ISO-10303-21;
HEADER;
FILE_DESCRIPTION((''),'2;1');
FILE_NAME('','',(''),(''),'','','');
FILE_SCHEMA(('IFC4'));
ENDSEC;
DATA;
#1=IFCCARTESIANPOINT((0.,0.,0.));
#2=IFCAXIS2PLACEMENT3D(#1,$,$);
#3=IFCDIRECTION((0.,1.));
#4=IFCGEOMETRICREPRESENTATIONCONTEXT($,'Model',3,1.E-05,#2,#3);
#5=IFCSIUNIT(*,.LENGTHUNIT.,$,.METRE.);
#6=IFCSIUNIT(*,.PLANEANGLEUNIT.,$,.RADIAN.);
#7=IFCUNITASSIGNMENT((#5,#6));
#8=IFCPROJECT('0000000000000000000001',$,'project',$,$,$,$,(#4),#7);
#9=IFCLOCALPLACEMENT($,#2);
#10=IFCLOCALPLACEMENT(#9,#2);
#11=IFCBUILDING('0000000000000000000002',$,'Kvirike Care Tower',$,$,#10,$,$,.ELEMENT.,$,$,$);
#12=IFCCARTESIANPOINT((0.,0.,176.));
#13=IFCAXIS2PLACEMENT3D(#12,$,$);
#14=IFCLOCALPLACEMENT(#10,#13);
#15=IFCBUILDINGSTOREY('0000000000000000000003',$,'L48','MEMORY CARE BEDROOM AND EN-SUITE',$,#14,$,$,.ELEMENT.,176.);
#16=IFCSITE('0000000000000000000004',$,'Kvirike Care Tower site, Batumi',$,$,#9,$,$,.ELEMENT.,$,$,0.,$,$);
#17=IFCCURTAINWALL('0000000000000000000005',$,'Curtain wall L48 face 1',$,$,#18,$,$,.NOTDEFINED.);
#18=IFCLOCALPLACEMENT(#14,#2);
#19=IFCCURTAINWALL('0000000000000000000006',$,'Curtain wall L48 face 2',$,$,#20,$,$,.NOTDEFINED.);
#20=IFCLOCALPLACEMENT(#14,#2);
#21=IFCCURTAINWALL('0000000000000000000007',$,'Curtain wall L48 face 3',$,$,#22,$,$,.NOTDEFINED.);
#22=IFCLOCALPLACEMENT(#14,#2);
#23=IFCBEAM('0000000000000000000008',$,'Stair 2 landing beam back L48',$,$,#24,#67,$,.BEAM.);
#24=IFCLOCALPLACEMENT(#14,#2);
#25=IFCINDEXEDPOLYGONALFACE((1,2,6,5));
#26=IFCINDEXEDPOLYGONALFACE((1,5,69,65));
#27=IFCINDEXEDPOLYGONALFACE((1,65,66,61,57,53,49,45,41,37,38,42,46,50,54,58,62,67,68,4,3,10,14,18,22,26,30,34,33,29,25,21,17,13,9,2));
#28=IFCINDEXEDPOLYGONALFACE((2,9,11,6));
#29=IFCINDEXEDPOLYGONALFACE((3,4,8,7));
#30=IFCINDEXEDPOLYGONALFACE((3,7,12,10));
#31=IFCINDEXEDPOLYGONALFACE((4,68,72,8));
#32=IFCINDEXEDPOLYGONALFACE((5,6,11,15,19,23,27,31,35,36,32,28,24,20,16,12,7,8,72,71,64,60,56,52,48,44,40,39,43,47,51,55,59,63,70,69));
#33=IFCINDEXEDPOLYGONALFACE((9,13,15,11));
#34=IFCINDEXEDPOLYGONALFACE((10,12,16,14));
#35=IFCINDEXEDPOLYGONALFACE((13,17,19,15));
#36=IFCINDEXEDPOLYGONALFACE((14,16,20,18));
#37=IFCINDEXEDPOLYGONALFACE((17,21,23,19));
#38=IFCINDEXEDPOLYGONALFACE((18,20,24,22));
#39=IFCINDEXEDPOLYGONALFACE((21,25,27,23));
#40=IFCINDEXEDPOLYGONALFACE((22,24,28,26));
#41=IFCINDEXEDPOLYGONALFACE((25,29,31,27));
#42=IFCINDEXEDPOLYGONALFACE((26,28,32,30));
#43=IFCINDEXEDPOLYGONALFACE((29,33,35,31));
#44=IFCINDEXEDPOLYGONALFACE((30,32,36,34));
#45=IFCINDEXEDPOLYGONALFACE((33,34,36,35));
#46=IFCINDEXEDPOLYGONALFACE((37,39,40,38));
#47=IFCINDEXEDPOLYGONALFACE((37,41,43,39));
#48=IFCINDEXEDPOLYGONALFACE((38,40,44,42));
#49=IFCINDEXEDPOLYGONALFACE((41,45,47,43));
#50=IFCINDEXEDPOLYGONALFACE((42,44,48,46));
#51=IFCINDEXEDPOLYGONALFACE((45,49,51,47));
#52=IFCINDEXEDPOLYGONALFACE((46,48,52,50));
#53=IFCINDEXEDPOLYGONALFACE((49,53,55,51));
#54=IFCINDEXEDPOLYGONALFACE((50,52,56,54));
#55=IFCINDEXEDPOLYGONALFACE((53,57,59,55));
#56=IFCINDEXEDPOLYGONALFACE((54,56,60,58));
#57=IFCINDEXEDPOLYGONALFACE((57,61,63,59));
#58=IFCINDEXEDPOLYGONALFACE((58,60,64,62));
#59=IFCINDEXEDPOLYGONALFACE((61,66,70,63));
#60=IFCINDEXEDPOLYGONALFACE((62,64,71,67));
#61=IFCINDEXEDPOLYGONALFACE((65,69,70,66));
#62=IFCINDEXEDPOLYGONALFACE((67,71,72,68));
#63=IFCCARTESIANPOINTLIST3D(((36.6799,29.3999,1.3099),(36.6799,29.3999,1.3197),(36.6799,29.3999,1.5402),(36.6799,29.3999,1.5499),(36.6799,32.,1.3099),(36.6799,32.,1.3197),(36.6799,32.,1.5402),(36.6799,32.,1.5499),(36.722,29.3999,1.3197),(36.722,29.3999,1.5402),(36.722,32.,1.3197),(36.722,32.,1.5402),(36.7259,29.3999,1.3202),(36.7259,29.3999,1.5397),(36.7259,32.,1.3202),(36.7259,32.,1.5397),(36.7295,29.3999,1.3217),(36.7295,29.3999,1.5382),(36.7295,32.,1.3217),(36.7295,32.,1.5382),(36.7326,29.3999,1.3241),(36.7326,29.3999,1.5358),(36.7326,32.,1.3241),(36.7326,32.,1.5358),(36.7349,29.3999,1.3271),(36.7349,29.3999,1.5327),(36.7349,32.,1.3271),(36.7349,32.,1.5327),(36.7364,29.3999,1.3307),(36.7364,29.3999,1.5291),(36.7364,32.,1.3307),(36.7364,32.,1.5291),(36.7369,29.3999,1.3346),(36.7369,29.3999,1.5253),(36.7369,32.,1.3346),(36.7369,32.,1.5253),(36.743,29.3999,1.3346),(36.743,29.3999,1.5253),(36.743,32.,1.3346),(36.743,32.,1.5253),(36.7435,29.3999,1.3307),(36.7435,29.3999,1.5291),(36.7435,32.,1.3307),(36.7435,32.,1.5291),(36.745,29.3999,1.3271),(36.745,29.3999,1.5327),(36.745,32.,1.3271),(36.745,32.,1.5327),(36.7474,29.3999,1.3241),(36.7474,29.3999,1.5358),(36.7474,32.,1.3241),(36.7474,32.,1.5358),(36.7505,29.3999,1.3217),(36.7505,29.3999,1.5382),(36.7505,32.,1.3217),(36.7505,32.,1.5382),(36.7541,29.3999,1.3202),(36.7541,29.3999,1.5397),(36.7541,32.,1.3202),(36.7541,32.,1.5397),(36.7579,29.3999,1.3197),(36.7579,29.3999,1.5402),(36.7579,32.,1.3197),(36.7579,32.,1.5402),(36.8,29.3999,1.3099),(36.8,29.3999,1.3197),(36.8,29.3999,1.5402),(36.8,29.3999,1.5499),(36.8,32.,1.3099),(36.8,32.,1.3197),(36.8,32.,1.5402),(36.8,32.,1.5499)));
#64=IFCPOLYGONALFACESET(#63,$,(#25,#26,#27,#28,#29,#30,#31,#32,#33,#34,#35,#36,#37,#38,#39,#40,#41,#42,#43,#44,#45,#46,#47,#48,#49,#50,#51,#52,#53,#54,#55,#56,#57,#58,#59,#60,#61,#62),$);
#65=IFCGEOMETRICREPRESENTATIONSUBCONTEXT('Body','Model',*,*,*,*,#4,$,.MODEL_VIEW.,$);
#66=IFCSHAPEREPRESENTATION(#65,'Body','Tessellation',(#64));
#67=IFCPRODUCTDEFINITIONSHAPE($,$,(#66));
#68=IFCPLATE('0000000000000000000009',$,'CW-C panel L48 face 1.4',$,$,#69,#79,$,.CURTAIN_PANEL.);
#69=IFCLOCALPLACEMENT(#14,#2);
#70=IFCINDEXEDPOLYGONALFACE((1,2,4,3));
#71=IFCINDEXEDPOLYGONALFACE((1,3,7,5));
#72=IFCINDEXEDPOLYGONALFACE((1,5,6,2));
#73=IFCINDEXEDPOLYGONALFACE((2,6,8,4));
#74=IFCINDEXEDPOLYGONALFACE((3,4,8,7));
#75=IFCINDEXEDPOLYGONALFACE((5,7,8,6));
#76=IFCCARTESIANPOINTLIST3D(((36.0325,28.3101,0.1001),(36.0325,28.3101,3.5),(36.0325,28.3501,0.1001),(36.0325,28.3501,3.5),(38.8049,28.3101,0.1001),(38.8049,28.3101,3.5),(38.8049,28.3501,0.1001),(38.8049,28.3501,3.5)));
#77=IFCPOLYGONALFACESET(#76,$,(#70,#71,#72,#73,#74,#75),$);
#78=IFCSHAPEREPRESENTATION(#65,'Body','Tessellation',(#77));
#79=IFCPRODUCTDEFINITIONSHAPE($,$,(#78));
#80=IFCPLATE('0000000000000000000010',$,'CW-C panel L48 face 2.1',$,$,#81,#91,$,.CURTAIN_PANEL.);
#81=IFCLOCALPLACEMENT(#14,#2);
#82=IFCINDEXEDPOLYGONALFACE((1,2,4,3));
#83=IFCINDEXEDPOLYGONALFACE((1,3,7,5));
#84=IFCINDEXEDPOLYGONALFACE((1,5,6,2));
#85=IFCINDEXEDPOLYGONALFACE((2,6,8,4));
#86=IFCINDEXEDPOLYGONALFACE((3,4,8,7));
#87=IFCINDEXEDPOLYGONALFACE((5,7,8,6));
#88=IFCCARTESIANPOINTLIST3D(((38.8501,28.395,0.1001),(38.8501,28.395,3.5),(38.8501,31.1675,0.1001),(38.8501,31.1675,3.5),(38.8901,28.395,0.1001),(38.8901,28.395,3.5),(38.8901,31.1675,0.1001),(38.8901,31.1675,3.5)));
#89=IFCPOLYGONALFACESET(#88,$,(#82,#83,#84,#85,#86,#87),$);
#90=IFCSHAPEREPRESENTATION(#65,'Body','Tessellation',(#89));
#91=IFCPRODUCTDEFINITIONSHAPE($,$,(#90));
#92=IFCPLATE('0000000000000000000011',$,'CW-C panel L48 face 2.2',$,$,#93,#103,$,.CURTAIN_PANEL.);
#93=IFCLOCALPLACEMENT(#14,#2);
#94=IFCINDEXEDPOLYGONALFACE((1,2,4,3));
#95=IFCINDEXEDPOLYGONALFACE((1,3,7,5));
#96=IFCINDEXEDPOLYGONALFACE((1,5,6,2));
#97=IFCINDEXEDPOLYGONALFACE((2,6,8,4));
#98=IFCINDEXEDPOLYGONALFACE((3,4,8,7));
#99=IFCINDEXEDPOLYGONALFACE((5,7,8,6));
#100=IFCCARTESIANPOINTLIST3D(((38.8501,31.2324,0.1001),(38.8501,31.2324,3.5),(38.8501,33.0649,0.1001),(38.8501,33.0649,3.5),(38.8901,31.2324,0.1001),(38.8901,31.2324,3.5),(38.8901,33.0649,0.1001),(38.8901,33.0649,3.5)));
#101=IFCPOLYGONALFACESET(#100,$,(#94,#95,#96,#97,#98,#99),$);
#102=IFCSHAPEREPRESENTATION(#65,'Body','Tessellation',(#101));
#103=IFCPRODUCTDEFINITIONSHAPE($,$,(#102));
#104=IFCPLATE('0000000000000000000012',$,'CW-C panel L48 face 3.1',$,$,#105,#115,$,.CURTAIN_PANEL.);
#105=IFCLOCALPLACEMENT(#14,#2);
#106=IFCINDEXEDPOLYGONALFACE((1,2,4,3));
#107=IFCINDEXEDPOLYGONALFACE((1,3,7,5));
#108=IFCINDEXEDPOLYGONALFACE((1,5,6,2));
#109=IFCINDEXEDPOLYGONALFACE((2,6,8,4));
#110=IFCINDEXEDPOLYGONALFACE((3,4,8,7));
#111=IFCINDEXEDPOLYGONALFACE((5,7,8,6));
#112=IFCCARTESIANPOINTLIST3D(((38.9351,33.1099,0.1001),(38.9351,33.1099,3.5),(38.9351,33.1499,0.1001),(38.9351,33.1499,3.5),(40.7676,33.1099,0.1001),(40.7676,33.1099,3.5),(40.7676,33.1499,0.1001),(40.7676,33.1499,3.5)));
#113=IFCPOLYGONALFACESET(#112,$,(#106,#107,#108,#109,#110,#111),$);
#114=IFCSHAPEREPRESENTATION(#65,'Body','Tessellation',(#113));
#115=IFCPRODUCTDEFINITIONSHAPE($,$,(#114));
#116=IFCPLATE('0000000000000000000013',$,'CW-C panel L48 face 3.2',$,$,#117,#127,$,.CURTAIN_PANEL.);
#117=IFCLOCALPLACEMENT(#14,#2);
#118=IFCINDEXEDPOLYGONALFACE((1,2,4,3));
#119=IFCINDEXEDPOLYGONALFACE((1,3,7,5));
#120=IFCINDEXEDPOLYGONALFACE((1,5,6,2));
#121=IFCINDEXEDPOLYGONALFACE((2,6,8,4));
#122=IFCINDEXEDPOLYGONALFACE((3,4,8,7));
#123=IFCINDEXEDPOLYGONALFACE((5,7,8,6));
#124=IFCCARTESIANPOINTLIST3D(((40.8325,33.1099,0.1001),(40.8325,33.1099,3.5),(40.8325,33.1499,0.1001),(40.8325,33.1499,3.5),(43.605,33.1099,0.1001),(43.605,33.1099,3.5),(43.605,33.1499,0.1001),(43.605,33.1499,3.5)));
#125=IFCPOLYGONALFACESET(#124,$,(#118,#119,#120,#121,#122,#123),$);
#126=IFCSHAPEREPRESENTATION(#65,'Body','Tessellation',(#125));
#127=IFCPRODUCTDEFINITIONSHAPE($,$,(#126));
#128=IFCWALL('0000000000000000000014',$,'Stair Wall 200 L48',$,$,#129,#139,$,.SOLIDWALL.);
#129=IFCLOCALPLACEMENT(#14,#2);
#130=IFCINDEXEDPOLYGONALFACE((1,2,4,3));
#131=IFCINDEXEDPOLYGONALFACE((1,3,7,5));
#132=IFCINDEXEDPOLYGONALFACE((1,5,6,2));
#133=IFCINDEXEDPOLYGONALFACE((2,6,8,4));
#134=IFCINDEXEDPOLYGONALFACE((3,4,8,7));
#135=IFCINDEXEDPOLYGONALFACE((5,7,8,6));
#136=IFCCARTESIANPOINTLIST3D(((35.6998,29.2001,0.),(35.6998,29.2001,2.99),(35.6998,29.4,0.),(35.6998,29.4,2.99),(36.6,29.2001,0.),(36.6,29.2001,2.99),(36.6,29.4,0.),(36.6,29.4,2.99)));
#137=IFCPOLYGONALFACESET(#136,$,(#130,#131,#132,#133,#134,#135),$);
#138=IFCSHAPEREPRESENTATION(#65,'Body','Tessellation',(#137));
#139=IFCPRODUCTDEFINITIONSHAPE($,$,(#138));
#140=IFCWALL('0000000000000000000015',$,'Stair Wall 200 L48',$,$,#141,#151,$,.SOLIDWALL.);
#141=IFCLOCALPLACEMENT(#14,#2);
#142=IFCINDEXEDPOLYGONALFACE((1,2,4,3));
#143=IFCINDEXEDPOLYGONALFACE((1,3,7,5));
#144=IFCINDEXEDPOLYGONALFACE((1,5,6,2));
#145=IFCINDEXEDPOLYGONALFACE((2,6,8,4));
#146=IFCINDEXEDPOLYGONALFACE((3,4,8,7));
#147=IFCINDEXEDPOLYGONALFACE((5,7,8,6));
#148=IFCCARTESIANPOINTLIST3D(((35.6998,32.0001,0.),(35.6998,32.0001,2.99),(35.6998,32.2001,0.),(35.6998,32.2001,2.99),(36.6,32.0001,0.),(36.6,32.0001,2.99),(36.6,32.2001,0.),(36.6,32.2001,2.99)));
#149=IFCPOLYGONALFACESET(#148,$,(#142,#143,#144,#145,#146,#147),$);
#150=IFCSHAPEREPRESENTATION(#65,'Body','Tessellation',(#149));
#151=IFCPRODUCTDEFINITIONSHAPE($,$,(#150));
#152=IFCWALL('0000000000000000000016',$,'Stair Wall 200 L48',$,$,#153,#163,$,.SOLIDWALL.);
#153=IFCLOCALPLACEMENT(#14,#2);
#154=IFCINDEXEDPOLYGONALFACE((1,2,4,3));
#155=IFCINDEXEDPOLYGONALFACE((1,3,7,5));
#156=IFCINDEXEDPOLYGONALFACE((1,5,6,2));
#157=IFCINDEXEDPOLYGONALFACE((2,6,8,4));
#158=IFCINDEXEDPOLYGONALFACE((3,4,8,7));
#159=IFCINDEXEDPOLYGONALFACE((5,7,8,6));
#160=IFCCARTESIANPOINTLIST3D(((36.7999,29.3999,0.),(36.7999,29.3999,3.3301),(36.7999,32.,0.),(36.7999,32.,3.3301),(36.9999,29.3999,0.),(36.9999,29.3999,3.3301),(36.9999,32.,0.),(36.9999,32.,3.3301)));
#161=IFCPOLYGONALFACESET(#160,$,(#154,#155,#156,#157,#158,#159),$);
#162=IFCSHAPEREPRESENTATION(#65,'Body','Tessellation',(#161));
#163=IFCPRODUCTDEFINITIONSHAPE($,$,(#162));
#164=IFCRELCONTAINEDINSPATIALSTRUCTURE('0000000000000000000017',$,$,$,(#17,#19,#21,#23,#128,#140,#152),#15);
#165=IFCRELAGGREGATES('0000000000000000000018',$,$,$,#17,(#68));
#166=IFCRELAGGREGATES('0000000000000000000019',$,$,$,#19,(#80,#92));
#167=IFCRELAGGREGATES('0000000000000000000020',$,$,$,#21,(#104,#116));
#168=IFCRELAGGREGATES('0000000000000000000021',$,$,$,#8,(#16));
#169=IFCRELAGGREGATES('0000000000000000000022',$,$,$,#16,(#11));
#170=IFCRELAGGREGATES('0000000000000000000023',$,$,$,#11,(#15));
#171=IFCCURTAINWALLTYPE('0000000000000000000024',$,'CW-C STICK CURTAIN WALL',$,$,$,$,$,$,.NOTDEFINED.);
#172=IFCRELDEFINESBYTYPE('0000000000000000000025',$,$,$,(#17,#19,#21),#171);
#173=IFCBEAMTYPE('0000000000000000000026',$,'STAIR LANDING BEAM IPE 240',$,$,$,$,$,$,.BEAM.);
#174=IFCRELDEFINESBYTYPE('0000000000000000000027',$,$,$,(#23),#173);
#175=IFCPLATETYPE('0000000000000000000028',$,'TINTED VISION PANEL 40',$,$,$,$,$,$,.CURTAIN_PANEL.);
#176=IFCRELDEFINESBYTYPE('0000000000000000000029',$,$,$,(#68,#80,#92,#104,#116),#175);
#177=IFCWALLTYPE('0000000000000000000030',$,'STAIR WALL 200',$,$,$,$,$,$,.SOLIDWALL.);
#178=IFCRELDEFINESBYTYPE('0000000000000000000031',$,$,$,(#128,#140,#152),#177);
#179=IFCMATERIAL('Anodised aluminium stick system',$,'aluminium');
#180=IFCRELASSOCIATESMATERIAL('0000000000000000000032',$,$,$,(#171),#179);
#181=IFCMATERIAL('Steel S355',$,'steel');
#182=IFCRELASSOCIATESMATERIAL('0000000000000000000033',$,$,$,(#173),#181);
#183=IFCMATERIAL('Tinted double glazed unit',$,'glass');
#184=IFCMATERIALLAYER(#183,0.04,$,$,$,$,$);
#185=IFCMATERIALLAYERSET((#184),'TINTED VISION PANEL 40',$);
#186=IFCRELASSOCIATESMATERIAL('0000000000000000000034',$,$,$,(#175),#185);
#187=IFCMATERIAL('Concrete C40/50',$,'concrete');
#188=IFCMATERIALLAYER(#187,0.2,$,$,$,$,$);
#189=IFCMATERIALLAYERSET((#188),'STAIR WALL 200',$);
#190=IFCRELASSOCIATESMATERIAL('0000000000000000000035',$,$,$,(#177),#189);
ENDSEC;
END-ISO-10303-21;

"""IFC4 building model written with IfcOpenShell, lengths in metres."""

from ifc_helpers import new_model, si_unit, direction, frame, frame_2d, origin, origin_2d, place, context, subcontext, project, spatial, rectangle, i_section, extrude, material, layer, layer_set, material_profile, profile_set, type_object, element, aggregate, save


model = new_model("IFC4")

# Units and contexts
model_context = context("Model", 3, precision=1e-05, world=origin(), true_north=direction((0.0, 1.0)))
body_context = subcontext(model_context, "Body", "Model", "MODEL_VIEW")
ifc_project = project(units=[si_unit("LENGTHUNIT", "METRE"), si_unit("PLANEANGLEUNIT", "RADIAN")], contexts=[model_context])

# Site, building, storey
site_placement = place(None, origin())
site = spatial("IfcSite", under=ifc_project, at=site_placement, Name="Kvirike Care Tower site, Batumi", CompositionType="ELEMENT", RefElevation=0.0)
building_placement = place(site_placement, origin())
building = spatial("IfcBuilding", under=site, at=building_placement, Name="Kvirike Care Tower", CompositionType="ELEMENT")
storey_placement = place(building_placement, frame((0.0, 0.0, 176.0)))
storey = spatial("IfcBuildingStorey", under=building, at=storey_placement, Name="L48", Description="MEMORY CARE BEDROOM AND EN-SUITE", CompositionType="ELEMENT", Elevation=176.0)

# Curtain walls
ifc_material_1 = material(Name="Anodised aluminium stick system", Category="aluminium")
curtain_wall_type = type_object("IfcCurtainWallType", Name="CW-C STICK CURTAIN WALL", PredefinedType="NOTDEFINED", material=ifc_material_1)
curtain_wall_1_placement = place(storey_placement, origin())
curtain_wall_1 = element("IfcCurtainWall", 1, at=curtain_wall_1_placement, inside=storey, type_object=curtain_wall_type, Name="Curtain wall L48 face 1", PredefinedType="NOTDEFINED")
curtain_wall_2_placement = place(storey_placement, origin())
curtain_wall_2 = element("IfcCurtainWall", 2, at=curtain_wall_2_placement, inside=storey, type_object=curtain_wall_type, Name="Curtain wall L48 face 2", PredefinedType="NOTDEFINED")
curtain_wall_3_placement = place(storey_placement, origin())
curtain_wall_3 = element("IfcCurtainWall", 3, at=curtain_wall_3_placement, inside=storey, type_object=curtain_wall_type, Name="Curtain wall L48 face 3", PredefinedType="NOTDEFINED")

# Beam
ifc_material_2 = material(Name="Steel S355", Category="steel")
ifc_material_profile_1 = material_profile(ifc_material_2, i_section(OverallWidth=0.1201, OverallDepth=0.24, WebThickness=0.0061, FlangeThickness=0.0098, FilletRadius=0.0149, at=origin_2d()), Name="IPE 240")
ifc_profile_set_1 = profile_set([ifc_material_profile_1], Name="Steel S355")
beam_type_1 = type_object("IfcBeamType", Name="STAIR LANDING BEAM IPE 240", PredefinedType="BEAM", material=ifc_profile_set_1)
beam_1_placement = place(storey_placement, frame((36.74, 29.3999, 1.4299), z_axis=(0.0, 1.0, 0.0), x_axis=(-1.0, 0.0, 0.0)))
element("IfcBeam", 4, at=beam_1_placement, inside=storey, type_object=beam_type_1, Name="Stair 2 landing beam back L48", PredefinedType="BEAM", context=body_context, shape_type="SweptSolid", body=[
    extrude(i_section(OverallWidth=0.1201, OverallDepth=0.24, WebThickness=0.0061, FlangeThickness=0.0098, FilletRadius=0.0149, at=origin_2d()), origin(), (0.0, 0.0, 1.0), 2.6001),
])

# Plates
ifc_material_3 = material(Name="Tinted double glazed unit", Category="glass")
ifc_layer_1 = layer(ifc_material_3, 0.04)
ifc_layer_set_1 = layer_set([ifc_layer_1], Name="TINTED VISION PANEL 40")
plate_type = type_object("IfcPlateType", Name="TINTED VISION PANEL 40", PredefinedType="CURTAIN_PANEL", material=ifc_layer_set_1)
plate_1_placement = place(storey_placement, frame((37.4187, 28.3301, 0.1001), z_axis=(0.0, 0.0, 1.0), x_axis=(1.0, 0.0, 0.0)))
plate_1 = element("IfcPlate", 5, at=plate_1_placement, type_object=plate_type, Name="CW-C panel L48 face 1.4", PredefinedType="CURTAIN_PANEL", context=body_context, shape_type="SweptSolid", body=[
    extrude(rectangle(XDim=2.7725, YDim=0.04, at=origin_2d()), origin(), (0.0, 0.0, 1.0), 3.3999),
])
aggregate(curtain_wall_1, [plate_1])
plate_2_placement = place(storey_placement, frame((38.8701, 29.7812, 0.1001), z_axis=(0.0, 0.0, 1.0), x_axis=(0.0, 1.0, 0.0)))
plate_2 = element("IfcPlate", 6, at=plate_2_placement, type_object=plate_type, Name="CW-C panel L48 face 2.1", PredefinedType="CURTAIN_PANEL", context=body_context, shape_type="SweptSolid", body=[
    extrude(rectangle(XDim=2.7725, YDim=0.04, at=origin_2d()), origin(), (0.0, 0.0, 1.0), 3.3999),
])
plate_3_placement = place(storey_placement, frame((38.8701, 32.1487, 0.1001), z_axis=(0.0, 0.0, 1.0), x_axis=(0.0, 1.0, 0.0)))
plate_3 = element("IfcPlate", 7, at=plate_3_placement, type_object=plate_type, Name="CW-C panel L48 face 2.2", PredefinedType="CURTAIN_PANEL", context=body_context, shape_type="SweptSolid", body=[
    extrude(rectangle(XDim=1.8325, YDim=0.04, at=origin_2d()), origin(), (0.0, 0.0, 1.0), 3.3999),
])
aggregate(curtain_wall_2, [plate_2, plate_3])
plate_4_placement = place(storey_placement, frame((39.8513, 33.1299, 0.1001), z_axis=(0.0, 0.0, 1.0), x_axis=(1.0, 0.0, 0.0)))
plate_4 = element("IfcPlate", 8, at=plate_4_placement, type_object=plate_type, Name="CW-C panel L48 face 3.1", PredefinedType="CURTAIN_PANEL", context=body_context, shape_type="SweptSolid", body=[
    extrude(rectangle(XDim=1.8325, YDim=0.04, at=origin_2d()), origin(), (0.0, 0.0, 1.0), 3.3999),
])
plate_5_placement = place(storey_placement, frame((42.2188, 33.1299, 0.1001), z_axis=(0.0, 0.0, 1.0), x_axis=(1.0, 0.0, 0.0)))
plate_5 = element("IfcPlate", 9, at=plate_5_placement, type_object=plate_type, Name="CW-C panel L48 face 3.2", PredefinedType="CURTAIN_PANEL", context=body_context, shape_type="SweptSolid", body=[
    extrude(rectangle(XDim=2.7725, YDim=0.04, at=origin_2d()), origin(), (0.0, 0.0, 1.0), 3.3999),
])
aggregate(curtain_wall_3, [plate_4, plate_5])

# Walls
ifc_material_4 = material(Name="Concrete C40/50", Category="concrete")
ifc_layer_2 = layer(ifc_material_4, 0.2)
ifc_layer_set_2 = layer_set([ifc_layer_2], Name="STAIR WALL 200")
wall_type = type_object("IfcWallType", Name="STAIR WALL 200", PredefinedType="SOLIDWALL", material=ifc_layer_set_2)
for number, where, z_axis, x_axis, name in (
    (10, (36.6001, 29.3, 0.0), (0.0, 0.0, 1.0), (-1.0, 0.0, 0.0), "Stair Wall 200 L48"),
    (11, (36.6001, 32.1001, 0.0), (0.0, 0.0, 1.0), (-1.0, 0.0, 0.0), "Stair Wall 200 L48"),
):
    element("IfcWall", number, at=place(storey_placement, frame(where, z_axis=z_axis, x_axis=x_axis)), inside=storey, type_object=wall_type, Name=name, PredefinedType="SOLIDWALL", context=body_context, shape_type="SweptSolid", body=[
        extrude(rectangle(XDim=0.9001, YDim=0.2, at=frame_2d((0.4502, 0.0))), origin(), (0.0, 0.0, 1.0), 2.99),
    ])
wall_placement = place(storey_placement, frame((36.8999, 29.3999, 0.0), z_axis=(0.0, 0.0, 1.0), x_axis=(0.0, 1.0, 0.0)))
element("IfcWall", 12, at=wall_placement, inside=storey, type_object=wall_type, Name="Stair Wall 200 L48", PredefinedType="SOLIDWALL", context=body_context, shape_type="SweptSolid", body=[
    extrude(rectangle(XDim=2.6001, YDim=0.2, at=frame_2d((1.3, 0.0))), origin(), (0.0, 0.0, 1.0), 3.3301),
])

save(model, "model.ifc")
